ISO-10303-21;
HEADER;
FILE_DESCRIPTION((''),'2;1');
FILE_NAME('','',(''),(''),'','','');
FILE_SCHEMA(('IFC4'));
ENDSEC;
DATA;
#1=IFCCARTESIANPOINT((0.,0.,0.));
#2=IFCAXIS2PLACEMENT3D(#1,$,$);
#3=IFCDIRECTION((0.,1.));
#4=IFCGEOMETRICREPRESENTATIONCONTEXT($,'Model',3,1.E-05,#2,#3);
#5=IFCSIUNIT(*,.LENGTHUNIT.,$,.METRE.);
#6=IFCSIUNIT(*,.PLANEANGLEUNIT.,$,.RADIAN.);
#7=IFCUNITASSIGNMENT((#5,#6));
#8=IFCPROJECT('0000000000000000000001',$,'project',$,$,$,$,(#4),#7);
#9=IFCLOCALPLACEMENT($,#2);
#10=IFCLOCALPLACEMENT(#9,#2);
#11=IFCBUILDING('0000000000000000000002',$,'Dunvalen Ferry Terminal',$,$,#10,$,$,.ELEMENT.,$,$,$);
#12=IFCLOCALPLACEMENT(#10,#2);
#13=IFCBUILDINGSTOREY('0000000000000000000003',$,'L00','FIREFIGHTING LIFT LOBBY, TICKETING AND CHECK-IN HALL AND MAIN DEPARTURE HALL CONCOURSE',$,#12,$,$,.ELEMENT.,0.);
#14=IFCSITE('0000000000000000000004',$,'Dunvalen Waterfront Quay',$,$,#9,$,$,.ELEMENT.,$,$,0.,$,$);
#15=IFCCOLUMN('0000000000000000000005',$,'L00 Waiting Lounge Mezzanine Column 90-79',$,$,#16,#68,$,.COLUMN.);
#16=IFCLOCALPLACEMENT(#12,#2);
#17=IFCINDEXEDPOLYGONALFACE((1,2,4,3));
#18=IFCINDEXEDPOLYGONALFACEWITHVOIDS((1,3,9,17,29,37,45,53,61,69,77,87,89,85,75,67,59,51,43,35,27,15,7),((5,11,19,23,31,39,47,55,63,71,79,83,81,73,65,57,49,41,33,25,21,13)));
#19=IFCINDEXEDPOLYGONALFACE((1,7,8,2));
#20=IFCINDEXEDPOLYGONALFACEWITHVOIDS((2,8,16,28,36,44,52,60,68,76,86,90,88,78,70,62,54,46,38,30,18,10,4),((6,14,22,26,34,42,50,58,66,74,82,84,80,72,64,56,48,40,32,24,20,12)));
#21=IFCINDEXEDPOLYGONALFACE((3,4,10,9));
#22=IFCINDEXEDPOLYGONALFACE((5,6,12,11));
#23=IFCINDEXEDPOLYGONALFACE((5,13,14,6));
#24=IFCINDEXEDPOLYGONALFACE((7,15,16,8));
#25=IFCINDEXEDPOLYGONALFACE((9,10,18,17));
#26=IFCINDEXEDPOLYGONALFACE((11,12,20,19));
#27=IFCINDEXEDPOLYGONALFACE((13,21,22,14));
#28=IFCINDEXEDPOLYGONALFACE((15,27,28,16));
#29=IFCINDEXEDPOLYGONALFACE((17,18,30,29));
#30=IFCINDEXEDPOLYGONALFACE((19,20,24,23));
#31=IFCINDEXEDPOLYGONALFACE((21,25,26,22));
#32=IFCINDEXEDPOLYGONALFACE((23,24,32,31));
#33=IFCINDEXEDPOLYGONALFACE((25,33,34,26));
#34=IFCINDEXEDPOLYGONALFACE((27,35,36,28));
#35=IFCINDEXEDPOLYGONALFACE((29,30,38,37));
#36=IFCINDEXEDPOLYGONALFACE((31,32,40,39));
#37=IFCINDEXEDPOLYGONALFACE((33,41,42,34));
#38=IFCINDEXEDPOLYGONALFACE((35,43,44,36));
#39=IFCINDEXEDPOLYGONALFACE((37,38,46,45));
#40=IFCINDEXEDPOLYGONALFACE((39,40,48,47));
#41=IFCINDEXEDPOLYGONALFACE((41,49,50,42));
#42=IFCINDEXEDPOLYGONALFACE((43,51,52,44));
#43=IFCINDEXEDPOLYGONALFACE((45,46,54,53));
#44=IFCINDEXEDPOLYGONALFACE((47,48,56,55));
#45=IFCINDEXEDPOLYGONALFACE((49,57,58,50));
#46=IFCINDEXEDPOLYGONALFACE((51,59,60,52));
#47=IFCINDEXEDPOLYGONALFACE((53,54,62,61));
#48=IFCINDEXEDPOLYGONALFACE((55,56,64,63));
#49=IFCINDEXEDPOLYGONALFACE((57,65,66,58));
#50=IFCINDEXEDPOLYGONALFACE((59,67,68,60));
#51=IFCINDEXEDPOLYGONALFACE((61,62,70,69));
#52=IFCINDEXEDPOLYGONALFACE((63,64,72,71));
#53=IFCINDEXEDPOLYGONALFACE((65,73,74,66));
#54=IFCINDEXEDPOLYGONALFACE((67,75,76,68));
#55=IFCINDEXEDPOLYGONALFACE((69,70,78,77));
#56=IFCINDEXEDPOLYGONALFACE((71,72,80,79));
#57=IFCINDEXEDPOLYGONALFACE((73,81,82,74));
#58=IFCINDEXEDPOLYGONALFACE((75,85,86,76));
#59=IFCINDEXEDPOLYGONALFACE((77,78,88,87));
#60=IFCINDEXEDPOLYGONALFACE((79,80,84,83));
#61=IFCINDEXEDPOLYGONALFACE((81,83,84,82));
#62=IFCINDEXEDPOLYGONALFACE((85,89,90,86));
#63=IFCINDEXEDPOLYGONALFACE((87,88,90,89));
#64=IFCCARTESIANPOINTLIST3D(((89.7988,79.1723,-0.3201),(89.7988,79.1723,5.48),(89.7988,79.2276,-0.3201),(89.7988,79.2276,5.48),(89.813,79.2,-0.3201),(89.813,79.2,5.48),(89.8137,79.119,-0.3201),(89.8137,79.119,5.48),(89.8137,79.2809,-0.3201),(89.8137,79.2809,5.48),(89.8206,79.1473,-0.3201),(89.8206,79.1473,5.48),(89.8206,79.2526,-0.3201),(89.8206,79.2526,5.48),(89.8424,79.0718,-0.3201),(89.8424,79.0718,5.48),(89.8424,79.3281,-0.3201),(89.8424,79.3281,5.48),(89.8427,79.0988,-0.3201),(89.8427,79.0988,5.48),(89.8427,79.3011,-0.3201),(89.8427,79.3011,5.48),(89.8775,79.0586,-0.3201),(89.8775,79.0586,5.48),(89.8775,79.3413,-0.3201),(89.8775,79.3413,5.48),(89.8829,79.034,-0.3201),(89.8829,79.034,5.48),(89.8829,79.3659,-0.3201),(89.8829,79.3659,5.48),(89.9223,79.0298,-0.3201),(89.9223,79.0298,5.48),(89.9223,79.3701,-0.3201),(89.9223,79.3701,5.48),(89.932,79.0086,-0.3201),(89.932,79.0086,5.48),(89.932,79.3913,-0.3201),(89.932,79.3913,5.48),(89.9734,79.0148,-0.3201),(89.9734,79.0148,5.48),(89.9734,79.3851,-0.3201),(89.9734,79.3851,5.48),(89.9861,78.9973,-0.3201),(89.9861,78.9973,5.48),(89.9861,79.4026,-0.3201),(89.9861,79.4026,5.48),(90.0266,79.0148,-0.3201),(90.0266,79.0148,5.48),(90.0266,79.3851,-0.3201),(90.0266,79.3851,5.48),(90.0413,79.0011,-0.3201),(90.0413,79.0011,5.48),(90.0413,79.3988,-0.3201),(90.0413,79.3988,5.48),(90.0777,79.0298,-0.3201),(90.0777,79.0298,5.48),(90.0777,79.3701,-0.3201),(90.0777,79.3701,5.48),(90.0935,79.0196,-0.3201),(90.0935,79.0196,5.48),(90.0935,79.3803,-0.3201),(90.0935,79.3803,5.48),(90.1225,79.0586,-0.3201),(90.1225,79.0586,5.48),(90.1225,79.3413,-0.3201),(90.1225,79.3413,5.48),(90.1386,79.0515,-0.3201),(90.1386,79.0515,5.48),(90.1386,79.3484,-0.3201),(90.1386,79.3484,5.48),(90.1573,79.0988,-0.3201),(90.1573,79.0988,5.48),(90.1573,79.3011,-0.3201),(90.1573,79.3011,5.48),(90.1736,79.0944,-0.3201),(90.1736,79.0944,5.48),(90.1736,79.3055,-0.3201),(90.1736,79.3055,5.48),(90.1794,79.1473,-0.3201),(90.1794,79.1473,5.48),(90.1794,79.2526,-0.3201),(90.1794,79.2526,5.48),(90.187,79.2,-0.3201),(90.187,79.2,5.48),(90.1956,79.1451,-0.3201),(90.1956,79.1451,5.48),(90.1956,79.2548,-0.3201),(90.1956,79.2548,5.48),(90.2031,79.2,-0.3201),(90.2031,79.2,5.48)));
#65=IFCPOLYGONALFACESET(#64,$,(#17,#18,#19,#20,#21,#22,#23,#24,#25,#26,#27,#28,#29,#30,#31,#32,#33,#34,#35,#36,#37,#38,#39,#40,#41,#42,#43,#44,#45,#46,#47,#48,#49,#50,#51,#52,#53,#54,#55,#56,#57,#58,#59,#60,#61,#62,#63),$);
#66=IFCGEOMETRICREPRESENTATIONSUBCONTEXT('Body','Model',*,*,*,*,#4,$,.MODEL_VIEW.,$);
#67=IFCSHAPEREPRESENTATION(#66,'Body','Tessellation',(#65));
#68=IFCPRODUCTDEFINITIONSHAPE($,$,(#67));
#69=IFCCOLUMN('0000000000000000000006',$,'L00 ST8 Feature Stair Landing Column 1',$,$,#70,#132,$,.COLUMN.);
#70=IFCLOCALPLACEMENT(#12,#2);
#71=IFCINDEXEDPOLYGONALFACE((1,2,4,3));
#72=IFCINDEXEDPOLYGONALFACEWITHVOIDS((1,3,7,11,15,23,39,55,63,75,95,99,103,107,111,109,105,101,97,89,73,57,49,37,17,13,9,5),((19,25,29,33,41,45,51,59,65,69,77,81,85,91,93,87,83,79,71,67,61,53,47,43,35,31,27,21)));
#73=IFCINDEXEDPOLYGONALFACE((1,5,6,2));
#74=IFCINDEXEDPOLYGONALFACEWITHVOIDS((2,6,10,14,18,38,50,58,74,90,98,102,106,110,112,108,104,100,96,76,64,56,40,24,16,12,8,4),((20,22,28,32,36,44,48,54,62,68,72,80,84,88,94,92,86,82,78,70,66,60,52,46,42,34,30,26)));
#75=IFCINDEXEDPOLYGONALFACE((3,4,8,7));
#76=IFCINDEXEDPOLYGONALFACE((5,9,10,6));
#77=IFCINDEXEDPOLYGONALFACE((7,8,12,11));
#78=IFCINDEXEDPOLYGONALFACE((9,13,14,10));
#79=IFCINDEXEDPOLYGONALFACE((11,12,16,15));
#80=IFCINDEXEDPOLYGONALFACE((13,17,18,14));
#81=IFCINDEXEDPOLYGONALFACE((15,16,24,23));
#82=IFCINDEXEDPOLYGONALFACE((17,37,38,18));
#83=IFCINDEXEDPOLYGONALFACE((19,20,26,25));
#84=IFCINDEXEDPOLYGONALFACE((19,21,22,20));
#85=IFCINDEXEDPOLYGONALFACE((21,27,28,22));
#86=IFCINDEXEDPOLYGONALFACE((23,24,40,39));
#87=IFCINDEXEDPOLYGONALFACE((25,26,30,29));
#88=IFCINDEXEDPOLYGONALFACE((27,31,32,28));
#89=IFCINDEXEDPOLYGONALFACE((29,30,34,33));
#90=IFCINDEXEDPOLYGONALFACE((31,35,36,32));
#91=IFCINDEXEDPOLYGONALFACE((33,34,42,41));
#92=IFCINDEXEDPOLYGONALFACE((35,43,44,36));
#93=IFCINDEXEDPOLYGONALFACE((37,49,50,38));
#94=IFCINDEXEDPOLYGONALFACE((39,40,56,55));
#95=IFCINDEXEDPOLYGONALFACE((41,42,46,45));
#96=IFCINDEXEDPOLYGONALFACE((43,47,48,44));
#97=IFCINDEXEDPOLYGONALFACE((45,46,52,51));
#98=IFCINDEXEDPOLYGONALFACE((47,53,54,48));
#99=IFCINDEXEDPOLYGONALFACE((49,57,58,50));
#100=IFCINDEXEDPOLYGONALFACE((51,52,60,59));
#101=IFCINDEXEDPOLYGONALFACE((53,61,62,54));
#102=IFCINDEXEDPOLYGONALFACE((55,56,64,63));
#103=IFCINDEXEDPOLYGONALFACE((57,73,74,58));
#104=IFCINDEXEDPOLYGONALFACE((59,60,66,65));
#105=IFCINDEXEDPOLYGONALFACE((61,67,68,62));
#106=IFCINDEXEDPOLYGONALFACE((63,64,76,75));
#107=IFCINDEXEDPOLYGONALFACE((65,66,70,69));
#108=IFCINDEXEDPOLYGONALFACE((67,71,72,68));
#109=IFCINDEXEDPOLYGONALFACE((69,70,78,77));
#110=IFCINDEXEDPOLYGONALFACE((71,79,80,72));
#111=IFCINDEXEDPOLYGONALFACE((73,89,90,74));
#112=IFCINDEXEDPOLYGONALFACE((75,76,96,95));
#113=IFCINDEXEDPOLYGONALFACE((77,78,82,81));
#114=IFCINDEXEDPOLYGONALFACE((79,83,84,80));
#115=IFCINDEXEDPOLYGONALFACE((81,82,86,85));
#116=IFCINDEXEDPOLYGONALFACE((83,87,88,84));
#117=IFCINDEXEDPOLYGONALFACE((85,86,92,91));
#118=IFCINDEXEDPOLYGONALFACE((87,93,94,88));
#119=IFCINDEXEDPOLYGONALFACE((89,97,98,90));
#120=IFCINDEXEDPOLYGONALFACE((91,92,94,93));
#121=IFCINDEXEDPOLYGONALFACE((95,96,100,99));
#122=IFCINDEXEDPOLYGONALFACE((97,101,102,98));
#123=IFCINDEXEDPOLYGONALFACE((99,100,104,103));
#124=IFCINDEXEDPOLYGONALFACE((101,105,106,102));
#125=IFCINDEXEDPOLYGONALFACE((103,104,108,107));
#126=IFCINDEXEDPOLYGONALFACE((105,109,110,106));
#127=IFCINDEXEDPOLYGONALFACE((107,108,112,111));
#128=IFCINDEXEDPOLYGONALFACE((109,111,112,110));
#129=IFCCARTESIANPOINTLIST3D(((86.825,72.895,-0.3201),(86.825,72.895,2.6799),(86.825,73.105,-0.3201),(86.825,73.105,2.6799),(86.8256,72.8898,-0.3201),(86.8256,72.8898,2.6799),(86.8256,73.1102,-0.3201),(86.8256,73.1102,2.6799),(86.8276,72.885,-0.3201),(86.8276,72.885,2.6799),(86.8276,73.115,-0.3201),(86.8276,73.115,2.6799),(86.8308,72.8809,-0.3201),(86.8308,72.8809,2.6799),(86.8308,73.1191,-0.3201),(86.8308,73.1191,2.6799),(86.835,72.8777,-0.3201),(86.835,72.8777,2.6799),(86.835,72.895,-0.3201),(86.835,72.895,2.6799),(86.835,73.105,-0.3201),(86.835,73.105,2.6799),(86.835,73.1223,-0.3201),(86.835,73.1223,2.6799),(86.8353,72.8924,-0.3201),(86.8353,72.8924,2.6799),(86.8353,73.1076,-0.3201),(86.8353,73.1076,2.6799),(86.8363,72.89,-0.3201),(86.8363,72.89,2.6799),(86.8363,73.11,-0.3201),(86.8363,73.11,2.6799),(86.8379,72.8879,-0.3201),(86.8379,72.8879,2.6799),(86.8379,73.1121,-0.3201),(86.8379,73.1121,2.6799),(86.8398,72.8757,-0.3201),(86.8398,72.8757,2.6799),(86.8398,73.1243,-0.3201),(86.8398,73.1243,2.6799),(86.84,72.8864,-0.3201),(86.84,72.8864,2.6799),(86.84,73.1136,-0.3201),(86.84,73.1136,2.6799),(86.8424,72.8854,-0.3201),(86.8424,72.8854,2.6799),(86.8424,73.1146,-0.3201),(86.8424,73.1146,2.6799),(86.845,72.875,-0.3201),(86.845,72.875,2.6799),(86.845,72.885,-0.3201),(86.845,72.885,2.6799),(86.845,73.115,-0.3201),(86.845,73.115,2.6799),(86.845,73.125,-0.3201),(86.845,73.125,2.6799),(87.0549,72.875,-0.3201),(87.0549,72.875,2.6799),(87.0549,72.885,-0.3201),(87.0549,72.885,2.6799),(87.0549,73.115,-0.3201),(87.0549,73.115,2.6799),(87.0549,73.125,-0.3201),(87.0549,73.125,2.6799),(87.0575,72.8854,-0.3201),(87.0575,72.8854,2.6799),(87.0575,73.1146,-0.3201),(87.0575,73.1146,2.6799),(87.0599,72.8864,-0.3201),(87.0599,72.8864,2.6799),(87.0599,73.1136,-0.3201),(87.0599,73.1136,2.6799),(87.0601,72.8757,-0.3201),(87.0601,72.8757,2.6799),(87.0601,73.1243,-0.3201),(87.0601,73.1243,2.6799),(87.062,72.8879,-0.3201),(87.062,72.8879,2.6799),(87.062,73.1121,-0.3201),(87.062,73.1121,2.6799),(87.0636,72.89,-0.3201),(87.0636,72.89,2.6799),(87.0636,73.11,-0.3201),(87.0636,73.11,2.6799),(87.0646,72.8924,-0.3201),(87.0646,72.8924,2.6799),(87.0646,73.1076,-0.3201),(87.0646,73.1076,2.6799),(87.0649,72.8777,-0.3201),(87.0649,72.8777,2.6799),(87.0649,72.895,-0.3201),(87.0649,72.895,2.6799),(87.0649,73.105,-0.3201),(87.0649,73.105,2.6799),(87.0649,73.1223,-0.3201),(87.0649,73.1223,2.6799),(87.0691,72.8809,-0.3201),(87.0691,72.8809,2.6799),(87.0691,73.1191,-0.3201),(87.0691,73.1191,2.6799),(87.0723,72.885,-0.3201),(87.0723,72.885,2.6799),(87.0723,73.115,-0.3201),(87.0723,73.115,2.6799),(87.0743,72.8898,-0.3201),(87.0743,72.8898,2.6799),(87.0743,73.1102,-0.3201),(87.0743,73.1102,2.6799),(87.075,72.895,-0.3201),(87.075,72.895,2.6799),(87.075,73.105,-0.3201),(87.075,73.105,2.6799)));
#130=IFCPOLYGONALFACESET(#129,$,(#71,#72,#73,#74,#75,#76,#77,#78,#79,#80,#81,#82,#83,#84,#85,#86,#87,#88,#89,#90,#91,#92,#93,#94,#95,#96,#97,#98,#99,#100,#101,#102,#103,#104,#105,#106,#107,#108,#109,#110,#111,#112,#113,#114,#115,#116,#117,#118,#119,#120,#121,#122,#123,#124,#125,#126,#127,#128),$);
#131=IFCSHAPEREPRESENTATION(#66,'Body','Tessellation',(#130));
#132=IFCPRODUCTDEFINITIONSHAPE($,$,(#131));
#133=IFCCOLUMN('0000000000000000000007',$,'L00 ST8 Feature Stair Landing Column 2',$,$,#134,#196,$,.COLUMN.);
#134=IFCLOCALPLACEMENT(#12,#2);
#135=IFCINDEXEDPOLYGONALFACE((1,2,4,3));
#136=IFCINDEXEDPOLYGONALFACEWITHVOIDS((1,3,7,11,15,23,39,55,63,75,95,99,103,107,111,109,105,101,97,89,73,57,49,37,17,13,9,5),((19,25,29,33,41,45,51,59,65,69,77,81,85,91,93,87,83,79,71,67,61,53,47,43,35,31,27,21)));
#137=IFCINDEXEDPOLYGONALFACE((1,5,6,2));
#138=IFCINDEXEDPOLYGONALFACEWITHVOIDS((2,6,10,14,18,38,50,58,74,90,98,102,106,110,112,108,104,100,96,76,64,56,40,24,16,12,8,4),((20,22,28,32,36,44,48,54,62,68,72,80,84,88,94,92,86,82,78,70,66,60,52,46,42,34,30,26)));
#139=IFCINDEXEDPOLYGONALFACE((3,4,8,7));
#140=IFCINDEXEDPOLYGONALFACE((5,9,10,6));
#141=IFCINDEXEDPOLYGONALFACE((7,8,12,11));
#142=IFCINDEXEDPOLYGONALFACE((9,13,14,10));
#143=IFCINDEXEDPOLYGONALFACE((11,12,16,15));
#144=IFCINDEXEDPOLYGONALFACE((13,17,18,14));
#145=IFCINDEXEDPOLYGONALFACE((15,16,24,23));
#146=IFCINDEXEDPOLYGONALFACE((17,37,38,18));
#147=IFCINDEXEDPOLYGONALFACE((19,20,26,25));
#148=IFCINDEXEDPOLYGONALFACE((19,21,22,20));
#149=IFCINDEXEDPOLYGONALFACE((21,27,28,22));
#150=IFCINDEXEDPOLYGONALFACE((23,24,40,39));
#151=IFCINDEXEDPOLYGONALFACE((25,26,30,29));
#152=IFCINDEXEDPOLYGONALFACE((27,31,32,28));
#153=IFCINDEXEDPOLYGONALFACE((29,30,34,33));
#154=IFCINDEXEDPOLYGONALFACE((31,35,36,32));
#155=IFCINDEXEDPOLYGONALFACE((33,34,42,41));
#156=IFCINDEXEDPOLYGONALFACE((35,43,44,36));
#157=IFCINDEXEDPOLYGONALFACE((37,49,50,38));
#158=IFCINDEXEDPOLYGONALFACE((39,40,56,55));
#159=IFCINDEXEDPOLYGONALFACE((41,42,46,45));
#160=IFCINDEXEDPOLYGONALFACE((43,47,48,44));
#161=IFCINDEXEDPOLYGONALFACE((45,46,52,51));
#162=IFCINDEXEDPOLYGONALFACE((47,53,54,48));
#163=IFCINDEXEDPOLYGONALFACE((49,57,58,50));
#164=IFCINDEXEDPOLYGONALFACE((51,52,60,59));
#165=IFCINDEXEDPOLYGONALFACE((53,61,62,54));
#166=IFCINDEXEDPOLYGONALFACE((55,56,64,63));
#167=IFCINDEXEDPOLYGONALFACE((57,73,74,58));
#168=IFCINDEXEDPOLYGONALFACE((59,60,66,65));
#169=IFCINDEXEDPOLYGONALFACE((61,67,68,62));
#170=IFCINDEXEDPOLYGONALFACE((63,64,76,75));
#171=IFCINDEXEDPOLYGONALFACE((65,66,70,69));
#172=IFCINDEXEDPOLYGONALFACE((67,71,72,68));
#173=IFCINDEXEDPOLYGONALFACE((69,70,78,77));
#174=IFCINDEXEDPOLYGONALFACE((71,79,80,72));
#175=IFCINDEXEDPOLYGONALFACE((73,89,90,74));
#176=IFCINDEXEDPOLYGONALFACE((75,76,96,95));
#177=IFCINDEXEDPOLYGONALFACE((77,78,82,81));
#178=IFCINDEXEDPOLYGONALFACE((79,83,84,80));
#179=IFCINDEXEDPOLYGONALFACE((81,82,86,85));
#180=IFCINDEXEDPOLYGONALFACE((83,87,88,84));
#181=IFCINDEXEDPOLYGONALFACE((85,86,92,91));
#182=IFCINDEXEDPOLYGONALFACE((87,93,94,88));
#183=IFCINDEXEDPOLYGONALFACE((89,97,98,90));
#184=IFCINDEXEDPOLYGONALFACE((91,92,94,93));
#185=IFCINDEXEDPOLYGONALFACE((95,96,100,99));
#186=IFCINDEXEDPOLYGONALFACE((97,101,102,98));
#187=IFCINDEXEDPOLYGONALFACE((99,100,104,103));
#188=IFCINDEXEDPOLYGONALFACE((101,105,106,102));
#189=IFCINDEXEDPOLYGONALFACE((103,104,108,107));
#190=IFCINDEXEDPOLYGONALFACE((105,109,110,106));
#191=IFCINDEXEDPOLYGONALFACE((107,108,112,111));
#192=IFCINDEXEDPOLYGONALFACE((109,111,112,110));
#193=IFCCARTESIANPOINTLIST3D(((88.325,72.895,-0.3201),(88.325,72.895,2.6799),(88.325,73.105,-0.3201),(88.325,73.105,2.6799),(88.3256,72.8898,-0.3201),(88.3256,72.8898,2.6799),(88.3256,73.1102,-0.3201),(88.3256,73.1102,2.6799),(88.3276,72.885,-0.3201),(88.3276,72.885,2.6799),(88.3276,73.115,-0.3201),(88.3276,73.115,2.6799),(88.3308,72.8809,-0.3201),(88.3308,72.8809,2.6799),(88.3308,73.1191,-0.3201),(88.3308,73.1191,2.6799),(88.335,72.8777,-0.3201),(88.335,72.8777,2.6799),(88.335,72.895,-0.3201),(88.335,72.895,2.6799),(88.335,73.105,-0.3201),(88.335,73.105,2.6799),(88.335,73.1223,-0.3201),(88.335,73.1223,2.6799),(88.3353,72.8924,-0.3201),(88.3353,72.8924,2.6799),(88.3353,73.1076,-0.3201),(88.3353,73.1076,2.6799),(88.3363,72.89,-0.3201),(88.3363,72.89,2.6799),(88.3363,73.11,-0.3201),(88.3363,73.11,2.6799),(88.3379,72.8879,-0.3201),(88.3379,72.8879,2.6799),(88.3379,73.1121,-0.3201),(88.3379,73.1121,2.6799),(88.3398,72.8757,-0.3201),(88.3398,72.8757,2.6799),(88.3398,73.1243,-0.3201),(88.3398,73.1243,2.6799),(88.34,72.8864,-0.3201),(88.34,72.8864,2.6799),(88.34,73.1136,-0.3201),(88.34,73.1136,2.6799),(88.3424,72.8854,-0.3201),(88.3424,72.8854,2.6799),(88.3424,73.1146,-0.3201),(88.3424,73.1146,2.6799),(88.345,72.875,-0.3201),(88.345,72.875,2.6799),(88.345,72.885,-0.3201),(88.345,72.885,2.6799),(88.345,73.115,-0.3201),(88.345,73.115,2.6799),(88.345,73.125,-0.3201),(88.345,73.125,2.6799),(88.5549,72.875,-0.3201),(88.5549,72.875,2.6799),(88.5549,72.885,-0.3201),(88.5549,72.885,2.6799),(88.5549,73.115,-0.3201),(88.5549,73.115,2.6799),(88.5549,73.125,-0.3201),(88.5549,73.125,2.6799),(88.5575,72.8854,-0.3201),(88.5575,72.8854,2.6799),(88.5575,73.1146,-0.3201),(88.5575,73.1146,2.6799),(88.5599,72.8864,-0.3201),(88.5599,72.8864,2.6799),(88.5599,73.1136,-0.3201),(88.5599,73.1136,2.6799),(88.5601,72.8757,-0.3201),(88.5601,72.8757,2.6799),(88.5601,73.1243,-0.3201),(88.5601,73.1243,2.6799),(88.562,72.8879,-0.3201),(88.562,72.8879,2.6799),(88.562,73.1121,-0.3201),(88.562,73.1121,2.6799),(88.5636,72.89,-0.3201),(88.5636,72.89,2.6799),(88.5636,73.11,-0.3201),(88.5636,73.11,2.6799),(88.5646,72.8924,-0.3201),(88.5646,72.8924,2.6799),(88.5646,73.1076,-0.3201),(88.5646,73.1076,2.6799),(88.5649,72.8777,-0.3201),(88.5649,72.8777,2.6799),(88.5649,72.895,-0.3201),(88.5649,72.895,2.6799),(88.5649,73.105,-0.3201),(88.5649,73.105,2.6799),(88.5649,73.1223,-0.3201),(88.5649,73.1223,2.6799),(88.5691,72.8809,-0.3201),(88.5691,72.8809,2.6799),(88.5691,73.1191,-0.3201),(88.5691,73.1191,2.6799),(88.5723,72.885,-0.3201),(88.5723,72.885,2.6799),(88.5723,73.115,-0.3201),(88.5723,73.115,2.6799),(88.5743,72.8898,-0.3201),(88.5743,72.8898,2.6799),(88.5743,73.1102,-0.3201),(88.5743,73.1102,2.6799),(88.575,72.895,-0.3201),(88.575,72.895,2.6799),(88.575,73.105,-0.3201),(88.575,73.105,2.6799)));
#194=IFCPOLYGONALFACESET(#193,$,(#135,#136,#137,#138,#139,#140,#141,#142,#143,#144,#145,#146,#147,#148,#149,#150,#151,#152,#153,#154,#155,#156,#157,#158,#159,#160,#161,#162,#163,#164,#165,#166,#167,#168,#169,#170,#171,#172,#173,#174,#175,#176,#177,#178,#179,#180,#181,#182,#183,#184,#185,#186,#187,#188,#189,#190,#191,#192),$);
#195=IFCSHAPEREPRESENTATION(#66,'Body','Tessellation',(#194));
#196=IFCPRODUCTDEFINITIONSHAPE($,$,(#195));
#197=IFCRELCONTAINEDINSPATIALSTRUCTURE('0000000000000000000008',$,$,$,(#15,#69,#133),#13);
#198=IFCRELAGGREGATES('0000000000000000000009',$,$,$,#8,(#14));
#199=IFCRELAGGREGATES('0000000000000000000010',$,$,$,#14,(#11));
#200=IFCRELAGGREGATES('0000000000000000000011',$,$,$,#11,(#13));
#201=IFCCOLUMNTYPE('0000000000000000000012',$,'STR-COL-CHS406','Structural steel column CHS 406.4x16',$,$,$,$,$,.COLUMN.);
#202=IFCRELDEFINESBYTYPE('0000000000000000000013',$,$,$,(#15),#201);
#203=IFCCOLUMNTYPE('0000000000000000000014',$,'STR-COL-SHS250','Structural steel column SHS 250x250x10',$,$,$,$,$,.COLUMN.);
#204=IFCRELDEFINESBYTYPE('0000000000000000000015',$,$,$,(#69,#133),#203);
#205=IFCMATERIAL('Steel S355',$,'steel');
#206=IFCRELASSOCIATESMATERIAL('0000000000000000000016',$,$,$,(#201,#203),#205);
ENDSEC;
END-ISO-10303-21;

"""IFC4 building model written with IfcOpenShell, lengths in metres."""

from ifc_helpers import new_model, si_unit, direction, frame, origin, origin_2d, place, context, subcontext, project, spatial, hollow_rectangle, hollow_circle, extrude, material, material_profile, profile_set, type_object, element, save


model = new_model("IFC4")

# Units and contexts
model_context = context("Model", 3, precision=1e-05, world=origin(), true_north=direction((0.0, 1.0)))
body_context = subcontext(model_context, "Body", "Model", "MODEL_VIEW")
ifc_project = project(units=[si_unit("LENGTHUNIT", "METRE"), si_unit("PLANEANGLEUNIT", "RADIAN")], contexts=[model_context])

# Site, building, storey
site_placement = place(None, origin())
site = spatial("IfcSite", under=ifc_project, at=site_placement, Name="Dunvalen Waterfront Quay", CompositionType="ELEMENT", RefElevation=0.0)
building_placement = place(site_placement, origin())
building = spatial("IfcBuilding", under=site, at=building_placement, Name="Dunvalen Ferry Terminal", CompositionType="ELEMENT")
storey_placement = place(building_placement, origin())
storey = spatial("IfcBuildingStorey", under=building, at=storey_placement, Name="L00", Description="FIREFIGHTING LIFT LOBBY, TICKETING AND CHECK-IN HALL AND MAIN DEPARTURE HALL CONCOURSE", CompositionType="ELEMENT", Elevation=0.0)

# Columns
ifc_material_1 = material(Name="Steel S355", Category="steel")
ifc_material_profile_1 = material_profile(ifc_material_1, hollow_circle(Radius=0.2031, WallThickness=0.0161, at=origin_2d()), Name="Steel S355")
ifc_profile_set_1 = profile_set([ifc_material_profile_1], Name="Steel S355")
column_type_1 = type_object("IfcColumnType", Name="STR-COL-CHS406", Description="Structural steel column CHS 406.4x16", PredefinedType="COLUMN", material=ifc_profile_set_1)
column_placement = place(storey_placement, frame((90.0, 79.2, -0.3201), z_axis=(0.0, 0.0, 1.0), x_axis=(1.0, 0.0, 0.0)))
element("IfcColumn", 1, at=column_placement, inside=storey, type_object=column_type_1, Name="L00 Waiting Lounge Mezzanine Column 90-79", PredefinedType="COLUMN", context=body_context, shape_type="SweptSolid", body=[
    extrude(hollow_circle(Radius=0.2031, WallThickness=0.0161, at=origin_2d()), origin(), (0.0, 0.0, 1.0), 5.8),
])
ifc_material_profile_2 = material_profile(ifc_material_1, hollow_rectangle(XDim=0.25, YDim=0.25, WallThickness=0.01, InnerFilletRadius=0.01, OuterFilletRadius=0.02, at=origin_2d()), Name="Steel S355")
ifc_profile_set_2 = profile_set([ifc_material_profile_2], Name="Steel S355")
column_type_2 = type_object("IfcColumnType", Name="STR-COL-SHS250", Description="Structural steel column SHS 250x250x10", PredefinedType="COLUMN", material=ifc_profile_set_2)
for number, where, z_axis, x_axis, name in (
    (2, (86.95, 73.0, -0.3201), (0.0, 0.0, 1.0), (1.0, 0.0, 0.0), "L00 ST8 Feature Stair Landing Column 1"),
    (3, (88.45, 73.0, -0.3201), (0.0, 0.0, 1.0), (1.0, 0.0, 0.0), "L00 ST8 Feature Stair Landing Column 2"),
):
    element("IfcColumn", number, at=place(storey_placement, frame(where, z_axis=z_axis, x_axis=x_axis)), inside=storey, type_object=column_type_2, Name=name, PredefinedType="COLUMN", context=body_context, shape_type="SweptSolid", body=[
        extrude(hollow_rectangle(XDim=0.25, YDim=0.25, WallThickness=0.01, InnerFilletRadius=0.01, OuterFilletRadius=0.02, at=origin_2d()), origin(), (0.0, 0.0, 1.0), 3.0),
    ])

save(model, "model.ifc")
